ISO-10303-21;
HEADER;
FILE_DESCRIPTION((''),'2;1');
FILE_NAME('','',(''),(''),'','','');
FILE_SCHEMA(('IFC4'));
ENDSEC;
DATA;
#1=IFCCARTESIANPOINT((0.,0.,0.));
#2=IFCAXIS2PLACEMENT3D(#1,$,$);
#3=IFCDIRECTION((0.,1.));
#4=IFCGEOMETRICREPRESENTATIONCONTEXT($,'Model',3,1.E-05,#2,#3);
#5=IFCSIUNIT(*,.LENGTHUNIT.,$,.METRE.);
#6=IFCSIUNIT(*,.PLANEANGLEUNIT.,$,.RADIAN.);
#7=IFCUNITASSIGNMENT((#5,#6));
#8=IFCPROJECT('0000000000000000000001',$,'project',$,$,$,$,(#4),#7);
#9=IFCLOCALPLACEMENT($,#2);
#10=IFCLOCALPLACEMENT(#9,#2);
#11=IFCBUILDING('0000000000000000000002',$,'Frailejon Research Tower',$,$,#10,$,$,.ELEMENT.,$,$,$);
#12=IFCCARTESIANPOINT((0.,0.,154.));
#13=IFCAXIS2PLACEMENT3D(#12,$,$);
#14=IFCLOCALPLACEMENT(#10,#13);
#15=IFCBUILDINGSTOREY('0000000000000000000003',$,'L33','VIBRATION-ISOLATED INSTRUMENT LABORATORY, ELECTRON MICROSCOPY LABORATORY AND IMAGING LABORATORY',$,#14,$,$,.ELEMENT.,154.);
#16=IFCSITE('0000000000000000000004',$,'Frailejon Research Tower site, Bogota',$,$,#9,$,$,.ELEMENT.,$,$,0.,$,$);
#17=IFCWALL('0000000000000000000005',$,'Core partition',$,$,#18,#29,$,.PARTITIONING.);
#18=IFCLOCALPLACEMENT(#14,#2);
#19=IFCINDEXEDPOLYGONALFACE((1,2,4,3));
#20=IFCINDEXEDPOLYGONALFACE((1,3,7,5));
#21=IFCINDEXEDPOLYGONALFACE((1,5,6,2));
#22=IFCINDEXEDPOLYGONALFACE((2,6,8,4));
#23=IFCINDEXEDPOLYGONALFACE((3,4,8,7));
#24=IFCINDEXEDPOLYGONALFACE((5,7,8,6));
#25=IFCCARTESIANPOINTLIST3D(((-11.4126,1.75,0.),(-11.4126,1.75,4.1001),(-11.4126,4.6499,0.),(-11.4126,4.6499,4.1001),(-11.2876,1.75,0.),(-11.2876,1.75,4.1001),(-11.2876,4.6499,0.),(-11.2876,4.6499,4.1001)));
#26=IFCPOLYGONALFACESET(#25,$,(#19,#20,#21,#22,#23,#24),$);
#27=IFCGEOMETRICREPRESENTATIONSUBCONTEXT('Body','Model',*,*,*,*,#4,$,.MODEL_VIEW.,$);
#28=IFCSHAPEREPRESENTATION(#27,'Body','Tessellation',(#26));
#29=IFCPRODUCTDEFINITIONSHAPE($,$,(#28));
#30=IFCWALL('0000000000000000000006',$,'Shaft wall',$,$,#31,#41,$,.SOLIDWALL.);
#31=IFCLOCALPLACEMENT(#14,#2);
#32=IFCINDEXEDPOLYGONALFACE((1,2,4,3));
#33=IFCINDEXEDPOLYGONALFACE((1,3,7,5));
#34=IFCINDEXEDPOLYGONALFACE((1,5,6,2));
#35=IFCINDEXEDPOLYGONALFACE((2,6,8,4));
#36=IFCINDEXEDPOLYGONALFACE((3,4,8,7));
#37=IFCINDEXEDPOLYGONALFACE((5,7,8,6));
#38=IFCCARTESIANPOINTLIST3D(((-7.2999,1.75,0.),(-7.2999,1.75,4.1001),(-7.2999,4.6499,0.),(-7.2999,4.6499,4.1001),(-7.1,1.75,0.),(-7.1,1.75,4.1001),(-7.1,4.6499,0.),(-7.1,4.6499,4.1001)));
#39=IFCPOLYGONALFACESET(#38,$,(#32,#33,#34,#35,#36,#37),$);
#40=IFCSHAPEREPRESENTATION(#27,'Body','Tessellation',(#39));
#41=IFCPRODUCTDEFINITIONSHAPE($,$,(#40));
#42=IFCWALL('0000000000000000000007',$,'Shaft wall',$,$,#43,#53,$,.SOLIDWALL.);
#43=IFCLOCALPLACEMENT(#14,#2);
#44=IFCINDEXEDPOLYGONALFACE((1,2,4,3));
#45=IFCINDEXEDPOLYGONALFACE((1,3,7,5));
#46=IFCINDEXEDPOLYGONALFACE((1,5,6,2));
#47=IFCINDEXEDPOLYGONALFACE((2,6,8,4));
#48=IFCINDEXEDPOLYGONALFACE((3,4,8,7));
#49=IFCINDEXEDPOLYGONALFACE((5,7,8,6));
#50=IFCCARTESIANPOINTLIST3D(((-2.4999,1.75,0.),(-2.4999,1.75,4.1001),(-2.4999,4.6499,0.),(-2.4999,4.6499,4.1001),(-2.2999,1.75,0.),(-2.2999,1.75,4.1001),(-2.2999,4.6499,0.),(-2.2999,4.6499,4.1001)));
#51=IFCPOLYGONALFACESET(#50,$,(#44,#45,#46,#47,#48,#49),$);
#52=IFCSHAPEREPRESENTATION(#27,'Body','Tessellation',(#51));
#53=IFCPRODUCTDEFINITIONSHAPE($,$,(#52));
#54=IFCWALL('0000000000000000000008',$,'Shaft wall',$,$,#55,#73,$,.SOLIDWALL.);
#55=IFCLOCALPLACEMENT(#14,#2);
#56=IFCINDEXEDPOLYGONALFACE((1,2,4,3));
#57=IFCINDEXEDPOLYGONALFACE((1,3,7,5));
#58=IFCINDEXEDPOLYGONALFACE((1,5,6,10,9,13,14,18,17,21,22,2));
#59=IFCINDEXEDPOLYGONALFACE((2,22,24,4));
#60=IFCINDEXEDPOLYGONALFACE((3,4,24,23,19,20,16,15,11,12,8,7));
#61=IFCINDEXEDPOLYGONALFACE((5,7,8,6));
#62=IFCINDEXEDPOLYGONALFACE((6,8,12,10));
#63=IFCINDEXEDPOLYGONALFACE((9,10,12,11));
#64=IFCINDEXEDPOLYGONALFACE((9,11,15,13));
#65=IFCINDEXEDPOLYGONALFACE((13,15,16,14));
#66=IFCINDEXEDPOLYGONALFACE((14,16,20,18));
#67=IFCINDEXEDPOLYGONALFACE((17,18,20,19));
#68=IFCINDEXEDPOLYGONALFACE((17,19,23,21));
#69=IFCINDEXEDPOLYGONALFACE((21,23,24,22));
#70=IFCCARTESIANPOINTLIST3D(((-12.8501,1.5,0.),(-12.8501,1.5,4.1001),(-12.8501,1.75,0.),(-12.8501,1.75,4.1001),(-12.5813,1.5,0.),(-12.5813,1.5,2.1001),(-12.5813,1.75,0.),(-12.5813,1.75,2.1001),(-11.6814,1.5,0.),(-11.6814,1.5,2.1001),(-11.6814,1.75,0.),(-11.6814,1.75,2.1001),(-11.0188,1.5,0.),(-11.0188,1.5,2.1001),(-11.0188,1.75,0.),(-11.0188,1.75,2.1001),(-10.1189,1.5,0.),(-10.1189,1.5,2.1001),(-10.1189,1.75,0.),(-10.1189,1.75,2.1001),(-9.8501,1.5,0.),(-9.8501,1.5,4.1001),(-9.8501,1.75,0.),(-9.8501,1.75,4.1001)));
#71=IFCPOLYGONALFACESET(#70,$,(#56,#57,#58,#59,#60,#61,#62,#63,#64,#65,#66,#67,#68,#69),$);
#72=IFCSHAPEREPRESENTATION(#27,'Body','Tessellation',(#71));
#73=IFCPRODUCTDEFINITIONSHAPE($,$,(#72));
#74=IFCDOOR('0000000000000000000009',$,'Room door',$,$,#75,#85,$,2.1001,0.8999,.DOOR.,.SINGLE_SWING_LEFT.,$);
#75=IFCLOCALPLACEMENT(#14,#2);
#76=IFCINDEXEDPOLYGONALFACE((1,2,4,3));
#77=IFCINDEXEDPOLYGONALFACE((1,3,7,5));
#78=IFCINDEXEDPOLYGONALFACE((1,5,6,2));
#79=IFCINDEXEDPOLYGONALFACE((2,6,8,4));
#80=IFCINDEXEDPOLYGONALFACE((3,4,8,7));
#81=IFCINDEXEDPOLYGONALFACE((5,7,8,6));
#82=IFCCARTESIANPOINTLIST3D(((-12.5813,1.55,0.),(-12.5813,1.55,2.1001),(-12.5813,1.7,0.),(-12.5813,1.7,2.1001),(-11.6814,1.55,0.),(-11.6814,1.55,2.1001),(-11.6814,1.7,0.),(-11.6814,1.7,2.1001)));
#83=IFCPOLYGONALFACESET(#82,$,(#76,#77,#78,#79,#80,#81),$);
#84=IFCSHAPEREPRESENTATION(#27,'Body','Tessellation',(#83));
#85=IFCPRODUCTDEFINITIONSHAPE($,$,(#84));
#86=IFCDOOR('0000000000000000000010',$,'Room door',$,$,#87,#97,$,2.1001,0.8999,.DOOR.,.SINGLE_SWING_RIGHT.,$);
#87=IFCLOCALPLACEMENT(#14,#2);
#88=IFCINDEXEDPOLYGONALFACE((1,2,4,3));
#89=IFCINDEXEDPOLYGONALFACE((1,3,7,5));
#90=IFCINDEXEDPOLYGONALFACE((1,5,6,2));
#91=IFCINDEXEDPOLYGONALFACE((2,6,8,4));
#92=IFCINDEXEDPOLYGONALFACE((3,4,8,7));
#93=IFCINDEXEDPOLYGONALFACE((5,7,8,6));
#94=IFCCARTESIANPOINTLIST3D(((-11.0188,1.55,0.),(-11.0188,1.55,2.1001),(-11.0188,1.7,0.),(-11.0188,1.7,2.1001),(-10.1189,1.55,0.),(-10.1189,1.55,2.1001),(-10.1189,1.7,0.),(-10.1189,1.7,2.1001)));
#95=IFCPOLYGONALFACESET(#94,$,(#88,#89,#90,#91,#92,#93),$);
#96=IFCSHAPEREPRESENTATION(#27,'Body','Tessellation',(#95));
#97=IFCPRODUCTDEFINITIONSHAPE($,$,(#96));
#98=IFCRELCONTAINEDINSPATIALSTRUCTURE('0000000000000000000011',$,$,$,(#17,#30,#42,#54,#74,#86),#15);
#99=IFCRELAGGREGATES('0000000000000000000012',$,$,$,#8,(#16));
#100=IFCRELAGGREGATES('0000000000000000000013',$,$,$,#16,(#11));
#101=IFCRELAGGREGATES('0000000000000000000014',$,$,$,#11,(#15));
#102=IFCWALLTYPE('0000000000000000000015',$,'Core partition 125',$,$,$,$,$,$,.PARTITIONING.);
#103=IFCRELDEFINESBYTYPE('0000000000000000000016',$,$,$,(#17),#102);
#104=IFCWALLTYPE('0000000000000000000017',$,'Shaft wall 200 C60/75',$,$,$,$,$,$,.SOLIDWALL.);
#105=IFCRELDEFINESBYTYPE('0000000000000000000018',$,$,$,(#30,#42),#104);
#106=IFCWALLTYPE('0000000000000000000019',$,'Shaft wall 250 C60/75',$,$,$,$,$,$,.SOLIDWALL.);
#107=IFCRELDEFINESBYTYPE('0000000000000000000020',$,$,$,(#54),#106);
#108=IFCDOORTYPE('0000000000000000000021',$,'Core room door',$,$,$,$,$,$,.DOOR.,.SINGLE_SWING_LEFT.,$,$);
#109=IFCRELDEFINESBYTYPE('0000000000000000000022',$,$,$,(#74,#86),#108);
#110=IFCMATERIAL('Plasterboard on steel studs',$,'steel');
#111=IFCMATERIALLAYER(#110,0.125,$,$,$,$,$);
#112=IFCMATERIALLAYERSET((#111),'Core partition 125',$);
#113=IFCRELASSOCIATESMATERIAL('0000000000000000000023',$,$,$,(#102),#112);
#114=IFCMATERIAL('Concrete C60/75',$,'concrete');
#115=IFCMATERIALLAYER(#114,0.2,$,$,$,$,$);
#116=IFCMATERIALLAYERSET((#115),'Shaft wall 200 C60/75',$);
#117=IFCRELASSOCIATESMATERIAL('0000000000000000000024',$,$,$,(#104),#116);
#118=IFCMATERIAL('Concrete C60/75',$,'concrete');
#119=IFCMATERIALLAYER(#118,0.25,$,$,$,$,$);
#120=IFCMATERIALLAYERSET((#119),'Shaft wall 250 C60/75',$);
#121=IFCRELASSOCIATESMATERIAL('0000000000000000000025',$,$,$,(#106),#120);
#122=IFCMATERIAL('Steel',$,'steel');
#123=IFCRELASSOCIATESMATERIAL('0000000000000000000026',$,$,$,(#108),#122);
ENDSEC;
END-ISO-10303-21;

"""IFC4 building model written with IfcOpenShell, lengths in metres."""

from ifc_helpers import new_model, si_unit, direction, frame, frame_2d, origin, place, context, subcontext, project, spatial, rectangle, extrude, material, layer, layer_set, type_object, element, fill, save


model = new_model("IFC4")

# Units and contexts
model_context = context("Model", 3, precision=1e-05, world=origin(), true_north=direction((0.0, 1.0)))
body_context = subcontext(model_context, "Body", "Model", "MODEL_VIEW")
ifc_project = project(units=[si_unit("LENGTHUNIT", "METRE"), si_unit("PLANEANGLEUNIT", "RADIAN")], contexts=[model_context])

# Site, building, storey
site_placement = place(None, origin())
site = spatial("IfcSite", under=ifc_project, at=site_placement, Name="Frailejon Research Tower site, Bogota", CompositionType="ELEMENT", RefElevation=0.0)
building_placement = place(site_placement, origin())
building = spatial("IfcBuilding", under=site, at=building_placement, Name="Frailejon Research Tower", CompositionType="ELEMENT")
storey_placement = place(building_placement, frame((0.0, 0.0, 154.0)))
storey = spatial("IfcBuildingStorey", under=building, at=storey_placement, Name="L33", Description="VIBRATION-ISOLATED INSTRUMENT LABORATORY, ELECTRON MICROSCOPY LABORATORY AND IMAGING LABORATORY", CompositionType="ELEMENT", Elevation=154.0)

# Walls
ifc_material_1 = material(Name="Plasterboard on steel studs", Category="steel")
ifc_layer_1 = layer(ifc_material_1, 0.125)
ifc_layer_set_1 = layer_set([ifc_layer_1], Name="Core partition 125")
wall_type_1 = type_object("IfcWallType", Name="Core partition 125", PredefinedType="PARTITIONING", material=ifc_layer_set_1)
wall_1_placement = place(storey_placement, frame((-11.3501, 1.75, 0.0), z_axis=(0.0, 0.0, 1.0), x_axis=(0.0, 1.0, 0.0)))
element("IfcWall", 1, at=wall_1_placement, inside=storey, type_object=wall_type_1, Name="Core partition", PredefinedType="PARTITIONING", context=body_context, shape_type="SweptSolid", body=[
    extrude(rectangle(XDim=2.8999, YDim=0.125, at=frame_2d((1.45, 0.0))), origin(), (0.0, 0.0, 1.0), 4.1001),
])
ifc_material_2 = material(Name="Concrete C60/75", Category="concrete")
ifc_layer_2 = layer(ifc_material_2, 0.2)
ifc_layer_set_2 = layer_set([ifc_layer_2], Name="Shaft wall 200 C60/75")
wall_type_2 = type_object("IfcWallType", Name="Shaft wall 200 C60/75", PredefinedType="SOLIDWALL", material=ifc_layer_set_2)
for number, where, z_axis, x_axis, name in (
    (2, (-7.2, 1.75, 0.0), (0.0, 0.0, 1.0), (0.0, 1.0, 0.0), "Shaft wall"),
    (3, (-2.3999, 1.75, 0.0), (0.0, 0.0, 1.0), (0.0, 1.0, 0.0), "Shaft wall"),
):
    element("IfcWall", number, at=place(storey_placement, frame(where, z_axis=z_axis, x_axis=x_axis)), inside=storey, type_object=wall_type_2, Name=name, PredefinedType="SOLIDWALL", context=body_context, shape_type="SweptSolid", body=[
        extrude(rectangle(XDim=2.8999, YDim=0.2, at=frame_2d((1.45, 0.0))), origin(), (0.0, 0.0, 1.0), 4.1001),
    ])

# Wall, openings, doors
ifc_material_3 = material(Name="Concrete C60/75", Category="concrete")
ifc_layer_3 = layer(ifc_material_3, 0.25)
ifc_layer_set_3 = layer_set([ifc_layer_3], Name="Shaft wall 250 C60/75")
wall_type_3 = type_object("IfcWallType", Name="Shaft wall 250 C60/75", PredefinedType="SOLIDWALL", material=ifc_layer_set_3)
wall_2_placement = place(storey_placement, frame((-12.8501, 1.625, 0.0), z_axis=(0.0, 0.0, 1.0), x_axis=(1.0, 0.0, 0.0)))
wall_2 = element("IfcWall", 4, at=wall_2_placement, inside=storey, type_object=wall_type_3, Name="Shaft wall", PredefinedType="SOLIDWALL", context=body_context, shape_type="SweptSolid", body=[
    extrude(rectangle(XDim=3.0, YDim=0.25, at=frame_2d((1.5, 0.0))), origin(), (0.0, 0.0, 1.0), 4.1001),
])
opening_1_placement = place(wall_2_placement, frame((0.2688, 0.0, 0.0)))
opening_1 = element("IfcOpeningElement", 5, at=opening_1_placement, cuts=wall_2, PredefinedType="OPENING", context=body_context, shape_type="SweptSolid", body=[
    extrude(rectangle(XDim=0.8999, YDim=2.1001, at=frame_2d((0.45, 1.05))), frame((0.0, 0.135, 0.0), z_axis=(0.0, -1.0, 0.0), x_axis=(1.0, 0.0, 0.0)), (0.0, 0.0, 1.0), 0.27),
])
opening_2_placement = place(wall_2_placement, frame((1.8313, 0.0, 0.0)))
opening_2 = element("IfcOpeningElement", 6, at=opening_2_placement, cuts=wall_2, PredefinedType="OPENING", context=body_context, shape_type="SweptSolid", body=[
    extrude(rectangle(XDim=0.8999, YDim=2.1001, at=frame_2d((0.45, 1.05))), frame((0.0, 0.135, 0.0), z_axis=(0.0, -1.0, 0.0), x_axis=(1.0, 0.0, 0.0)), (0.0, 0.0, 1.0), 0.27),
])
ifc_material_4 = material(Name="Steel", Category="steel")
door_type_1 = type_object("IfcDoorType", Name="Core room door", OperationType="SINGLE_SWING_LEFT", PredefinedType="DOOR", material=ifc_material_4)
door_1_placement = place(opening_1_placement, origin())
door_1 = element("IfcDoor", 7, at=door_1_placement, inside=storey, type_object=door_type_1, Name="Room door", OperationType="SINGLE_SWING_LEFT", OverallHeight=2.1001, OverallWidth=0.8999, PredefinedType="DOOR", context=body_context, shape_type="SweptSolid", body=[
    extrude(rectangle(XDim=0.8999, YDim=2.1001, at=frame_2d((0.45, 1.05))), frame((0.0, 0.075, 0.0), z_axis=(0.0, -1.0, 0.0), x_axis=(1.0, 0.0, 0.0)), (0.0, 0.0, 1.0), 0.1499),
])
fill(opening_1, door_1)
door_2_placement = place(opening_2_placement, origin())
door_2 = element("IfcDoor", 8, at=door_2_placement, inside=storey, type_object=door_type_1, Name="Room door", OperationType="SINGLE_SWING_RIGHT", OverallHeight=2.1001, OverallWidth=0.8999, PredefinedType="DOOR", context=body_context, shape_type="SweptSolid", body=[
    extrude(rectangle(XDim=0.8999, YDim=2.1001, at=frame_2d((0.45, 1.05))), frame((0.0, 0.075, 0.0), z_axis=(0.0, -1.0, 0.0), x_axis=(1.0, 0.0, 0.0)), (0.0, 0.0, 1.0), 0.1499),
])
fill(opening_2, door_2)

save(model, "model.ifc")
